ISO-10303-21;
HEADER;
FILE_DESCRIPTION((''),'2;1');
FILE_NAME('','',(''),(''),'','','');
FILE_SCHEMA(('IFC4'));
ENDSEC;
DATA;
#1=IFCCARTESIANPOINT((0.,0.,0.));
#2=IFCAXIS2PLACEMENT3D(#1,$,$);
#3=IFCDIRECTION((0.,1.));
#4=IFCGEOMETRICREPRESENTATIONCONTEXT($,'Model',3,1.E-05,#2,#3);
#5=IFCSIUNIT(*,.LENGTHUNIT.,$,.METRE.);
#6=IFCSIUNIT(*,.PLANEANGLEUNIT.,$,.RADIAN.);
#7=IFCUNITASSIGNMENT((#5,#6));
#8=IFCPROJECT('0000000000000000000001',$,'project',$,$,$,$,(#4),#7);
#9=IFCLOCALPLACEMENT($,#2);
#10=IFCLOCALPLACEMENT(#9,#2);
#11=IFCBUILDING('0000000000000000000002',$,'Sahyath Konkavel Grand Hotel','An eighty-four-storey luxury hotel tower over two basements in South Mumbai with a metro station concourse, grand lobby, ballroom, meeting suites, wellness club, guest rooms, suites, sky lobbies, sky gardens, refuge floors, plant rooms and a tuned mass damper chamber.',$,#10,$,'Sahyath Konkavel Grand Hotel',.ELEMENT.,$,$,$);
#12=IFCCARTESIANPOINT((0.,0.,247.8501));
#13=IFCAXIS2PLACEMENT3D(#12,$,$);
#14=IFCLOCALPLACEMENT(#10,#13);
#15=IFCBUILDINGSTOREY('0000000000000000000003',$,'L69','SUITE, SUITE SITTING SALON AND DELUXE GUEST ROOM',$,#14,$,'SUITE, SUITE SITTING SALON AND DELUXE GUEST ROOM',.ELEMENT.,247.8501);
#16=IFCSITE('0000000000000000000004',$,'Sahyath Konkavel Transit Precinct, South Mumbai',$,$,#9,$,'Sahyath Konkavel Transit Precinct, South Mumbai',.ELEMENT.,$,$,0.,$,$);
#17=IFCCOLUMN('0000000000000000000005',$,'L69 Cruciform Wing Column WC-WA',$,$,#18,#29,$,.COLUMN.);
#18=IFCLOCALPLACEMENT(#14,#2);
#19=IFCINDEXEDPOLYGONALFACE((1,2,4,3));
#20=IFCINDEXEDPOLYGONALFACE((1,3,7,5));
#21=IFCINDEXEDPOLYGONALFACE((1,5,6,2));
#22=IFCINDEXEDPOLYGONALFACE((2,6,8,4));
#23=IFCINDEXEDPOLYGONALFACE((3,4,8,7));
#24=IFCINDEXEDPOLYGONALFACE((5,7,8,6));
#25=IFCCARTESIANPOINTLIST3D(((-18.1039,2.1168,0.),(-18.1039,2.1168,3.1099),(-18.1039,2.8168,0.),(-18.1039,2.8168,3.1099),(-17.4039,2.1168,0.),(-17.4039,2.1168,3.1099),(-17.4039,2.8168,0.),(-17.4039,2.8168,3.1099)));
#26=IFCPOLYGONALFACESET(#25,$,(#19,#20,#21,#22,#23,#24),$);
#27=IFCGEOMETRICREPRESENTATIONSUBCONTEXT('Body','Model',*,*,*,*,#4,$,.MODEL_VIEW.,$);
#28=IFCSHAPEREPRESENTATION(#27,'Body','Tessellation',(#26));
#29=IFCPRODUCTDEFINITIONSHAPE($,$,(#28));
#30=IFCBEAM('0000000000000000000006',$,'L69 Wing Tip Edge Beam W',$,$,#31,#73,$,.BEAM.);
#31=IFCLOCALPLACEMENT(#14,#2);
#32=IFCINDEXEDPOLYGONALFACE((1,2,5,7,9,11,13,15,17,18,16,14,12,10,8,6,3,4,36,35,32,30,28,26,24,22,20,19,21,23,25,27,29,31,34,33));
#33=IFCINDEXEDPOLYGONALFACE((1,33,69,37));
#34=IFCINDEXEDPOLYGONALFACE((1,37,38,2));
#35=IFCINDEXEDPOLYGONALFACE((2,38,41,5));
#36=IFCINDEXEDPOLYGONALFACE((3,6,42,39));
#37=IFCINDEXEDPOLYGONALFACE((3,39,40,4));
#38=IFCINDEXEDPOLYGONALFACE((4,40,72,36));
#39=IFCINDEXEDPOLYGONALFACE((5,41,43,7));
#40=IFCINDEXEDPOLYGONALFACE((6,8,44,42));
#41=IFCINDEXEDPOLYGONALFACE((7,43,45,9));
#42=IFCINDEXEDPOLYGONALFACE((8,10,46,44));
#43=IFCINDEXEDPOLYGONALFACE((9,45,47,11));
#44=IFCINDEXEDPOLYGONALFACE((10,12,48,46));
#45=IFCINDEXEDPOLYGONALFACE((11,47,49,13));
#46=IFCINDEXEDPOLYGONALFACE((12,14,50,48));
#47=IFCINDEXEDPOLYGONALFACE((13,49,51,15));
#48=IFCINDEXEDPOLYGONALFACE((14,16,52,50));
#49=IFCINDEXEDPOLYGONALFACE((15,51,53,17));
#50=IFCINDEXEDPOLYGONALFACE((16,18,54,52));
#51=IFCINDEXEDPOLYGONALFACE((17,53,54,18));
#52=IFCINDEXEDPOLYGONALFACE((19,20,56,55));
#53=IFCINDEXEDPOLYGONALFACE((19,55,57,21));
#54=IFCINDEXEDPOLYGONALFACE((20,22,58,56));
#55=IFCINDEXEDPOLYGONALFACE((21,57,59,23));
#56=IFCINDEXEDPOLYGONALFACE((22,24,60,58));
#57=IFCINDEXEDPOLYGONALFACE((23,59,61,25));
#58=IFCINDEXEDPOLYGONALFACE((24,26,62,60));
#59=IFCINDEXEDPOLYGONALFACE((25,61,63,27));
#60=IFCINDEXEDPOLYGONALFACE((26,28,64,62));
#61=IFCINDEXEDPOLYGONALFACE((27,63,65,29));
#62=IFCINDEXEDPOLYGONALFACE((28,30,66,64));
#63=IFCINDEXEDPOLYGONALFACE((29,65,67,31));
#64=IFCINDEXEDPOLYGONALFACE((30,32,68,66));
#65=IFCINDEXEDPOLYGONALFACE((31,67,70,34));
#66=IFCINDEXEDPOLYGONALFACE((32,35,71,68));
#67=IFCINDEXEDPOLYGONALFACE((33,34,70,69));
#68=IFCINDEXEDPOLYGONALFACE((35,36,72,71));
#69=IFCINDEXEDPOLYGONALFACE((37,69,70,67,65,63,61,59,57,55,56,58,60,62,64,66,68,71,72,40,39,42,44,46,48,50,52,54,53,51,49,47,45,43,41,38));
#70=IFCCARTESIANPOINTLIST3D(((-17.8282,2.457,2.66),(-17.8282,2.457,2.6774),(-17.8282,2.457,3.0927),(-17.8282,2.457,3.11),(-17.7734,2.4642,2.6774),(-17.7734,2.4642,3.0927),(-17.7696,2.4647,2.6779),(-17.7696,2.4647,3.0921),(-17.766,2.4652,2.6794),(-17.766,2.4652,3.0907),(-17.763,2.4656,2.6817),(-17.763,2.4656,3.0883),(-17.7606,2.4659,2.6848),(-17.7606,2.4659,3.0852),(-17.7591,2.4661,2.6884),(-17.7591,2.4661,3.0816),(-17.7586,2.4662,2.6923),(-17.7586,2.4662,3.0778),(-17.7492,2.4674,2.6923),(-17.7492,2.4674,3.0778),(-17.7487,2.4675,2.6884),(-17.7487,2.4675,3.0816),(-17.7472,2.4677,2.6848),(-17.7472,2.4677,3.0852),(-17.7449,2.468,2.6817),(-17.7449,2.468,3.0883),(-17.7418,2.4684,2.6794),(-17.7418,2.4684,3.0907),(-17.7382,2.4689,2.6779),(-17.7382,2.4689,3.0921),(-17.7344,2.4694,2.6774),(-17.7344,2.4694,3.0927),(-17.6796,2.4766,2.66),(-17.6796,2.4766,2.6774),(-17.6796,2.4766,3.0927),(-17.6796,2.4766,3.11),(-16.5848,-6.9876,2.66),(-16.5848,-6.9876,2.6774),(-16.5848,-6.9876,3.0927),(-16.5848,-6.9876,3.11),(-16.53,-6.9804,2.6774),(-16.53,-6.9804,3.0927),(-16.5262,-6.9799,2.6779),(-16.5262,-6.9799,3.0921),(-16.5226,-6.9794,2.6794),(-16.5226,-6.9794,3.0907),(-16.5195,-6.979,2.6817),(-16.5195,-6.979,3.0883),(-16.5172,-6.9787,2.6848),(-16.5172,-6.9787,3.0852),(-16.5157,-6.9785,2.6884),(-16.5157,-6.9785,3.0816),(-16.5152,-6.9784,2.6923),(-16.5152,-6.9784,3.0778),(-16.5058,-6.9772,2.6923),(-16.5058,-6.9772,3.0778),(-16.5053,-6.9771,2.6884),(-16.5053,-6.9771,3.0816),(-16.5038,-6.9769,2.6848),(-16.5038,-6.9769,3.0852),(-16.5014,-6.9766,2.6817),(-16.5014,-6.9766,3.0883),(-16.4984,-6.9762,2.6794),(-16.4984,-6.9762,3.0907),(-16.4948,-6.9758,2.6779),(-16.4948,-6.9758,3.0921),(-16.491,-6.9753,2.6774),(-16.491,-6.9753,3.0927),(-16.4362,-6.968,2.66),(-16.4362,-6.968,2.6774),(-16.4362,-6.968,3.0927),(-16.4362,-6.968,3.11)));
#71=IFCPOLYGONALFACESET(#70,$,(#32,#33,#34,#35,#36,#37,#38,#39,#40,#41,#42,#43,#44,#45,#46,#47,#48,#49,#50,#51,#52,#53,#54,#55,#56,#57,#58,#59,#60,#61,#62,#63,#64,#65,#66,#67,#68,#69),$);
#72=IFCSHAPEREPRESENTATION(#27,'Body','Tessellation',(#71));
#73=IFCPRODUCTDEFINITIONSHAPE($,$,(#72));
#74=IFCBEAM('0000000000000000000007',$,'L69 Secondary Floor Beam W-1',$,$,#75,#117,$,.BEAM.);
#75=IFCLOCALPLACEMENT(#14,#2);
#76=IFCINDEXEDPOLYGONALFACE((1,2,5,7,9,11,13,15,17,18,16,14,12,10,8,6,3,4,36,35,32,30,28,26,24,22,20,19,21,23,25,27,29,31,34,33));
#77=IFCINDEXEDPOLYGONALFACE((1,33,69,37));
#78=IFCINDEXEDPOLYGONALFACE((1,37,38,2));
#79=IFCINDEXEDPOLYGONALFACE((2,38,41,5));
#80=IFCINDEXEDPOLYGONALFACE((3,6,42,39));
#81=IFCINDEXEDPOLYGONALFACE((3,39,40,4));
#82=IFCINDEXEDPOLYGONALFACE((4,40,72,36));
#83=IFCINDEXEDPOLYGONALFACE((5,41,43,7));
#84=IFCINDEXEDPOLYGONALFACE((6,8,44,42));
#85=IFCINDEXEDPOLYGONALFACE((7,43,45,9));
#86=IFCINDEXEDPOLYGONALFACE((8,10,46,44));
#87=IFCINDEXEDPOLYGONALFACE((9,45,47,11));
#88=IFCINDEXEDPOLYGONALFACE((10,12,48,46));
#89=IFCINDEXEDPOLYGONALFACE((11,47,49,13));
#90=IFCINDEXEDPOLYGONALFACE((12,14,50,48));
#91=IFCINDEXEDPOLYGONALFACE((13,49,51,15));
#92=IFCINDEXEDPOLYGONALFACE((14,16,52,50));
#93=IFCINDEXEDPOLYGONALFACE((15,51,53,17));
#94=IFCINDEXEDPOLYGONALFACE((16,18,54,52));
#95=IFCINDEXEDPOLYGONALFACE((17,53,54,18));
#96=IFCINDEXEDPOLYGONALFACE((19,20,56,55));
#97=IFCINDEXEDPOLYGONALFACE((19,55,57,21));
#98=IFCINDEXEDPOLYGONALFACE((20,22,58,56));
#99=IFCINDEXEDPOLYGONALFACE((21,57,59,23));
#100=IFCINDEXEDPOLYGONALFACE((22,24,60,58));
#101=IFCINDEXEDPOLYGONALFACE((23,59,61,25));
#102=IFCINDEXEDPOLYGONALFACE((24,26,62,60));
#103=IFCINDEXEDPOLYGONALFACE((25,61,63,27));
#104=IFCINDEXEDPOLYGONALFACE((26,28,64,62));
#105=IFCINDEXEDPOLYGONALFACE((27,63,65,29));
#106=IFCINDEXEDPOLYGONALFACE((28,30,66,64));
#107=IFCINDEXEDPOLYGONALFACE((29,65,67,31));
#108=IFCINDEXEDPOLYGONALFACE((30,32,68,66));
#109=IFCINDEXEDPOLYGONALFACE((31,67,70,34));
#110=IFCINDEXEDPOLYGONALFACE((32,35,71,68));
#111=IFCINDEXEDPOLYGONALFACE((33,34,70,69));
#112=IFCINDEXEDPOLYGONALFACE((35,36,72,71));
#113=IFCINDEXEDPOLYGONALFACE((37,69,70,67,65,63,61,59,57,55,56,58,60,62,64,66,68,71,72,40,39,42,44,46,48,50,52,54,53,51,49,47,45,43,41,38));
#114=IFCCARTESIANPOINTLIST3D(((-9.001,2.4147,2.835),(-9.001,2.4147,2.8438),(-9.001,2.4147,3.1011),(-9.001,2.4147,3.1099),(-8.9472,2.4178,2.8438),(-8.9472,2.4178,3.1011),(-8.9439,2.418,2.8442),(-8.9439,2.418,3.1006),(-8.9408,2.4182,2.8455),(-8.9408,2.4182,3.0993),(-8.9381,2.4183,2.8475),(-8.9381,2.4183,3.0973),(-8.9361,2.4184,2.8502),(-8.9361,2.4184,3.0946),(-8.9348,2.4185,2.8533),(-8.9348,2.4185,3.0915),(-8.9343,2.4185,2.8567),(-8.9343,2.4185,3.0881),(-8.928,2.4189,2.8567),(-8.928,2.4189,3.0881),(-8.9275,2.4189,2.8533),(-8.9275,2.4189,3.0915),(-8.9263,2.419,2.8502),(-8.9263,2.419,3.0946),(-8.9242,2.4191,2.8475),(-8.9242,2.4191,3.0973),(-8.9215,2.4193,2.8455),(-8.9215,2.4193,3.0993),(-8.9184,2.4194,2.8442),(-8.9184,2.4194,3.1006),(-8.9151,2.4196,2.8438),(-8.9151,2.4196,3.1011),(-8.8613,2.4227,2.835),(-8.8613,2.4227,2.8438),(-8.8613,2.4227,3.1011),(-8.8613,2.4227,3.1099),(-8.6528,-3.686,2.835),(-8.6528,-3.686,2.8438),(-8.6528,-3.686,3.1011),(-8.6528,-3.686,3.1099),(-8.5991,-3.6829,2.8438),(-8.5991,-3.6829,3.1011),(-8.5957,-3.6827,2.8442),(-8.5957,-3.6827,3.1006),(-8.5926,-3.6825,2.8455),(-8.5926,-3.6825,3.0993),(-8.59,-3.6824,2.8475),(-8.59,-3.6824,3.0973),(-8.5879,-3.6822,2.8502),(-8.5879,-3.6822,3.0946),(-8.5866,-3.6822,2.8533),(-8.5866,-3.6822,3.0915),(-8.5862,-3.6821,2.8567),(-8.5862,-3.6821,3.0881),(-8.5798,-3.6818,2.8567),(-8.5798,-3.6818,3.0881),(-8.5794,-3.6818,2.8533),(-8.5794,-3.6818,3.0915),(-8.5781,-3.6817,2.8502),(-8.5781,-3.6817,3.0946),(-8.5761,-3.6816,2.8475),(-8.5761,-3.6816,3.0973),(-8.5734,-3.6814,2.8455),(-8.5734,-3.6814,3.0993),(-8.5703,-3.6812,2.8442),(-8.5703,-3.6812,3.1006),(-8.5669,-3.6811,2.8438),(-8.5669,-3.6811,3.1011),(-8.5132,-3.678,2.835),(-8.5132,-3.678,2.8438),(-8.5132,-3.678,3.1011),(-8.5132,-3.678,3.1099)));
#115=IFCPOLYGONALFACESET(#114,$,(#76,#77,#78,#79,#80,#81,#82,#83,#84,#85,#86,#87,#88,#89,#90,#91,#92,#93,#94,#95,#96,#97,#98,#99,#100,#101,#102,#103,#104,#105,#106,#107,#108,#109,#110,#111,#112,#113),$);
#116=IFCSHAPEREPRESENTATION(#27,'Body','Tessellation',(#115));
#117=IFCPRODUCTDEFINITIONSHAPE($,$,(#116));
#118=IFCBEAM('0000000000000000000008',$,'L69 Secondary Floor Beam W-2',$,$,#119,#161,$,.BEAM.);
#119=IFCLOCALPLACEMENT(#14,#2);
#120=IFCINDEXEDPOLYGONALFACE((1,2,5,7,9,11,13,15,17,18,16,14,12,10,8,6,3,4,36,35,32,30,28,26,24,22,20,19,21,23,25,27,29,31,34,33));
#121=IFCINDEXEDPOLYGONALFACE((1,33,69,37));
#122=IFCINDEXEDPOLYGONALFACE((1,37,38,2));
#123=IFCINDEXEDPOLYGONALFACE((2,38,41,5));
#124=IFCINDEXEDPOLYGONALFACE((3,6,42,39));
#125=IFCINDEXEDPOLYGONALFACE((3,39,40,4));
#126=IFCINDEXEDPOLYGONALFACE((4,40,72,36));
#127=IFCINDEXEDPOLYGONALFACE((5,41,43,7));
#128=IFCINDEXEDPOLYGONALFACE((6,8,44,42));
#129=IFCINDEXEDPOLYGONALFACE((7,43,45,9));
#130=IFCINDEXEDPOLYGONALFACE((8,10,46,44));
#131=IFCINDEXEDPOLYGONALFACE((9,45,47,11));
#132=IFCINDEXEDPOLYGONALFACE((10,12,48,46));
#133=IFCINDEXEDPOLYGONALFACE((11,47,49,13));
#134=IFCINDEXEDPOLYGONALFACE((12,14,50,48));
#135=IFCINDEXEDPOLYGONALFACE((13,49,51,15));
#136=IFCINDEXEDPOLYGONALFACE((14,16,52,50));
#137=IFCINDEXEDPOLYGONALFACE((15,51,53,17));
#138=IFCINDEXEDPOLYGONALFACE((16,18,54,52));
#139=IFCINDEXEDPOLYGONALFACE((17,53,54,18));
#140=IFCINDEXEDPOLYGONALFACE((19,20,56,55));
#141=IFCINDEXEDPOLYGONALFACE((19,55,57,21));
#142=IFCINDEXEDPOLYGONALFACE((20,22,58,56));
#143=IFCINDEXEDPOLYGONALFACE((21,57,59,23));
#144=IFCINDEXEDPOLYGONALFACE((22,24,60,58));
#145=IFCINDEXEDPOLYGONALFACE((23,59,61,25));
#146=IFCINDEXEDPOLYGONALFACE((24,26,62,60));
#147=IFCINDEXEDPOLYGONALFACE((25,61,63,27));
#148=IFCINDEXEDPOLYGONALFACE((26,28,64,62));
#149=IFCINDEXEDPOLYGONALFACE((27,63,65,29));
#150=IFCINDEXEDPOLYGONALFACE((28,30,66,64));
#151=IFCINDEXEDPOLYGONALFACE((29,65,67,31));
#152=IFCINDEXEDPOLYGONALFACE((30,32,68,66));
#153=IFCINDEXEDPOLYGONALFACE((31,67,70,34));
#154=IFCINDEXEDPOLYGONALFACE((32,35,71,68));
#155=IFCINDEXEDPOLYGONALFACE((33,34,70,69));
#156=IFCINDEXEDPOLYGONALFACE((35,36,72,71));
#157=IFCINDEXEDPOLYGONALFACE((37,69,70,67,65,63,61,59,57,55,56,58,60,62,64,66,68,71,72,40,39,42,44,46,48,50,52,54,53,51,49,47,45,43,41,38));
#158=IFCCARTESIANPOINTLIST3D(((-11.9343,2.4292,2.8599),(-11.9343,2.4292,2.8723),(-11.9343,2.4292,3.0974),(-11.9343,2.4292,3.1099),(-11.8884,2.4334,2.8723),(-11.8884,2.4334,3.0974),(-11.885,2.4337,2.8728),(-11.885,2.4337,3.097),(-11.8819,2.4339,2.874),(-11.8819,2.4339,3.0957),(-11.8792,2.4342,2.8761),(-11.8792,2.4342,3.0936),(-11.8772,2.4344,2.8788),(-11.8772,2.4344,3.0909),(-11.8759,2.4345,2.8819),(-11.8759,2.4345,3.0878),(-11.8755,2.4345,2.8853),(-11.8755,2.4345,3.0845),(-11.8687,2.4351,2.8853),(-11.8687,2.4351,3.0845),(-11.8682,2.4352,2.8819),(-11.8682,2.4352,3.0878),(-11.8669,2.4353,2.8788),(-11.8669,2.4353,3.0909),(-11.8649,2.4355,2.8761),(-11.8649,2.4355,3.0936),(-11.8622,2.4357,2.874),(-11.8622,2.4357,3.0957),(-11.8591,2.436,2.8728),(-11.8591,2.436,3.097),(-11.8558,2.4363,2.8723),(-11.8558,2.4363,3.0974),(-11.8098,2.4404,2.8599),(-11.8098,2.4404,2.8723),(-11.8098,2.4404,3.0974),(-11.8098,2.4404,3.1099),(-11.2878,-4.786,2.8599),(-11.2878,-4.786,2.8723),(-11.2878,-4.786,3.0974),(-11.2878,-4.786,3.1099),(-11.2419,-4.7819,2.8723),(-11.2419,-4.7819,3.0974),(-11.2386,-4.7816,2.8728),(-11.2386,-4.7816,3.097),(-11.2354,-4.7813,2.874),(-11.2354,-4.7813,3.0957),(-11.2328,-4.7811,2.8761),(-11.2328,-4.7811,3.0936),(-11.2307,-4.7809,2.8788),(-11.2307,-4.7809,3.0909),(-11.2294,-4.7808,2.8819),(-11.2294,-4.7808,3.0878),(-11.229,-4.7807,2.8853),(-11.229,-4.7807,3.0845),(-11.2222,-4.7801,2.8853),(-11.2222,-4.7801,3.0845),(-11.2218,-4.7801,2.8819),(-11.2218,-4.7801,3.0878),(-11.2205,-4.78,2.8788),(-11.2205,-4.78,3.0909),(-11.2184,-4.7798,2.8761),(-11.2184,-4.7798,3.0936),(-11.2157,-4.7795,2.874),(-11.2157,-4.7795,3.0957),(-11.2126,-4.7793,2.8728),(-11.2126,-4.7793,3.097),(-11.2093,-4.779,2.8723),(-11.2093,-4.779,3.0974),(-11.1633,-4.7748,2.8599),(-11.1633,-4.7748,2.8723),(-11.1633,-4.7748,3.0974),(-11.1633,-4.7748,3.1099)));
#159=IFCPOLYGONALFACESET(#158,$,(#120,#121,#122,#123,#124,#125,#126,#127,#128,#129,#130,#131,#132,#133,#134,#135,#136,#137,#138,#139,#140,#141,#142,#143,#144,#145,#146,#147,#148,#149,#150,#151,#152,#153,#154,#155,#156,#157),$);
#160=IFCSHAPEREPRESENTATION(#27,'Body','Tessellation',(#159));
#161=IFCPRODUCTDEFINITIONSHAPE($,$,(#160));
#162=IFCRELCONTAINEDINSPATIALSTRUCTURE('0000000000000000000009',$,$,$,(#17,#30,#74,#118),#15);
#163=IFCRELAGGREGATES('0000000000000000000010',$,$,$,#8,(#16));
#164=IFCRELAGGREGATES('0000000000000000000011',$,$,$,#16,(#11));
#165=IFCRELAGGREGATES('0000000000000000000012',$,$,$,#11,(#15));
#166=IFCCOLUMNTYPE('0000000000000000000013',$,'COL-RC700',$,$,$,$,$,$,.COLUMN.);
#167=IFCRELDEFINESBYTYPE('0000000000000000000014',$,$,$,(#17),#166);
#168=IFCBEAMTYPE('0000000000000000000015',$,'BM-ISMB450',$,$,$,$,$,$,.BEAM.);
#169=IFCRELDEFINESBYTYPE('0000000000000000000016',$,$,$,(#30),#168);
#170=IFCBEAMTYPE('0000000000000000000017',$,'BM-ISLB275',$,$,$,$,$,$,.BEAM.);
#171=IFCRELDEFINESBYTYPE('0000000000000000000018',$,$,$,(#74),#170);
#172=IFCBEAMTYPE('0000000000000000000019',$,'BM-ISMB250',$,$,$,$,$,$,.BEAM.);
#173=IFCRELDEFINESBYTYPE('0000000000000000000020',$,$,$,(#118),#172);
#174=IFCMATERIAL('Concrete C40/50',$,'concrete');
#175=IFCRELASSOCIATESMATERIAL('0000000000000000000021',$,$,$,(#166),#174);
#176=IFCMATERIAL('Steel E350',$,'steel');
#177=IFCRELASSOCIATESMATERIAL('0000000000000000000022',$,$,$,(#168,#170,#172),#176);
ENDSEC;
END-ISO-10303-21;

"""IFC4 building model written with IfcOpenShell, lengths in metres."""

from ifc_helpers import new_model, si_unit, direction, frame, origin, origin_2d, place, context, subcontext, project, spatial, rectangle, i_section, extrude, source, transform, mapped, material, material_profile, profile_set, type_object, element, save


model = new_model("IFC4")

# Units and contexts
model_context = context("Model", 3, precision=1e-05, world=origin(), true_north=direction((0.0, 1.0)))
body_context = subcontext(model_context, "Body", "Model", "MODEL_VIEW")
ifc_project = project(units=[si_unit("LENGTHUNIT", "METRE"), si_unit("PLANEANGLEUNIT", "RADIAN")], contexts=[model_context])

# Site, building, storey
site_placement = place(None, origin())
site = spatial("IfcSite", under=ifc_project, at=site_placement, Name="Sahyath Konkavel Transit Precinct, South Mumbai", LongName="Sahyath Konkavel Transit Precinct, South Mumbai", CompositionType="ELEMENT", RefElevation=0.0)
building_placement = place(site_placement, origin())
building = spatial("IfcBuilding", under=site, at=building_placement, Name="Sahyath Konkavel Grand Hotel", Description="An eighty-four-storey luxury hotel tower over two basements in South Mumbai with a metro station concourse, grand lobby, ballroom, meeting suites, wellness club, guest rooms, suites, sky lobbies, sky gardens, refuge floors, plant rooms and a tuned mass damper chamber.", LongName="Sahyath Konkavel Grand Hotel", CompositionType="ELEMENT")
storey_placement = place(building_placement, frame((0.0, 0.0, 247.8501)))
storey = spatial("IfcBuildingStorey", under=building, at=storey_placement, Name="L69", Description="SUITE, SUITE SITTING SALON AND DELUXE GUEST ROOM", LongName="SUITE, SUITE SITTING SALON AND DELUXE GUEST ROOM", CompositionType="ELEMENT", Elevation=247.8501)

# Column
ifc_material_1 = material(Name="Concrete C40/50", Category="concrete")
ifc_material_profile_1 = material_profile(ifc_material_1, rectangle(XDim=0.7, YDim=0.7, at=origin_2d()), Name="RC 700x700")
ifc_profile_set_1 = profile_set([ifc_material_profile_1], Name="Concrete C40/50")
column_type = type_object("IfcColumnType", Name="COL-RC700", PredefinedType="COLUMN", material=ifc_profile_set_1)
shared_shape_1 = source(origin(), body_context, "Body", "SweptSolid", [
    extrude(rectangle(XDim=0.7, YDim=0.7, at=origin_2d()), origin(), (0.0, 0.0, 1.0), 3.1099),
])
column_placement = place(storey_placement, frame((-17.7539, 2.4668, 0.0), z_axis=(0.0, 0.0, 1.0), x_axis=(1.0, 0.0, 0.0)))
element("IfcColumn", 1, at=column_placement, inside=storey, type_object=column_type, Name="L69 Cruciform Wing Column WC-WA", PredefinedType="COLUMN", context=body_context, shape_type="MappedRepresentation", body=[
    mapped(shared_shape_1, transform((0.0, 0.0, 0.0), scale=1.0)),
])

# Beams
ifc_material_2 = material(Name="Steel E350", Category="steel")
ifc_material_profile_2 = material_profile(ifc_material_2, i_section(OverallWidth=0.1499, OverallDepth=0.45, WebThickness=0.0095, FlangeThickness=0.0173, FilletRadius=0.0149, at=origin_2d()), Name="ISMB 450")
ifc_profile_set_2 = profile_set([ifc_material_profile_2], Name="Steel E350")
beam_type_1 = type_object("IfcBeamType", Name="BM-ISMB450", PredefinedType="BEAM", material=ifc_profile_set_2)
shared_shape_2 = source(origin(), body_context, "Body", "SweptSolid", [
    extrude(i_section(OverallWidth=0.1499, OverallDepth=0.45, WebThickness=0.0095, FlangeThickness=0.0173, FilletRadius=0.0149, at=origin_2d()), origin(), (0.0, 0.0, 1.0), 9.5261),
])
beam_1_placement = place(storey_placement, frame((-17.7539, 2.4668, 2.885), z_axis=(0.130527, -0.991445, 0.0), x_axis=(0.991445, 0.130527, 0.0)))
element("IfcBeam", 2, at=beam_1_placement, inside=storey, type_object=beam_type_1, Name="L69 Wing Tip Edge Beam W", PredefinedType="BEAM", context=body_context, shape_type="MappedRepresentation", body=[
    mapped(shared_shape_2, transform((0.0, 0.0, 0.0), scale=1.0)),
])
ifc_material_profile_3 = material_profile(ifc_material_2, i_section(OverallWidth=0.1399, OverallDepth=0.2749, WebThickness=0.0063, FlangeThickness=0.0088, FilletRadius=0.0129, at=origin_2d()), Name="ISLB 275")
ifc_profile_set_3 = profile_set([ifc_material_profile_3], Name="Steel E350")
beam_type_2 = type_object("IfcBeamType", Name="BM-ISLB275", PredefinedType="BEAM", material=ifc_profile_set_3)
shared_shape_3 = source(origin(), body_context, "Body", "SweptSolid", [
    extrude(i_section(OverallWidth=0.1399, OverallDepth=0.2749, WebThickness=0.0063, FlangeThickness=0.0088, FilletRadius=0.0129, at=origin_2d()), origin(), (0.0, 0.0, 1.0), 6.1106),
])
beam_2_placement = place(storey_placement, frame((-8.9312, 2.4187, 2.9724), z_axis=(0.056975, -0.998376, 0.0), x_axis=(0.998376, 0.056975, 0.0)))
element("IfcBeam", 3, at=beam_2_placement, inside=storey, type_object=beam_type_2, Name="L69 Secondary Floor Beam W-1", PredefinedType="BEAM", context=body_context, shape_type="MappedRepresentation", body=[
    mapped(shared_shape_3, transform((0.0, 0.0, 0.0), scale=1.0)),
])
ifc_material_profile_4 = material_profile(ifc_material_2, i_section(OverallWidth=0.125, OverallDepth=0.25, WebThickness=0.0068, FlangeThickness=0.0125, FilletRadius=0.0129, at=origin_2d()), Name="ISMB 250")
ifc_profile_set_4 = profile_set([ifc_material_profile_4], Name="Steel E350")
beam_type_3 = type_object("IfcBeamType", Name="BM-ISMB250", PredefinedType="BEAM", material=ifc_profile_set_4)
shared_shape_4 = source(origin(), body_context, "Body", "SweptSolid", [
    extrude(i_section(OverallWidth=0.125, OverallDepth=0.25, WebThickness=0.0068, FlangeThickness=0.0125, FilletRadius=0.0129, at=origin_2d()), origin(), (0.0, 0.0, 1.0), 7.2441),
])
beam_3_placement = place(storey_placement, frame((-11.8721, 2.4348, 2.9849), z_axis=(0.089241, -0.99601, 0.0), x_axis=(0.99601, 0.089241, 0.0)))
element("IfcBeam", 4, at=beam_3_placement, inside=storey, type_object=beam_type_3, Name="L69 Secondary Floor Beam W-2", PredefinedType="BEAM", context=body_context, shape_type="MappedRepresentation", body=[
    mapped(shared_shape_4, transform((0.0, 0.0, 0.0), scale=1.0)),
])

save(model, "model.ifc")
